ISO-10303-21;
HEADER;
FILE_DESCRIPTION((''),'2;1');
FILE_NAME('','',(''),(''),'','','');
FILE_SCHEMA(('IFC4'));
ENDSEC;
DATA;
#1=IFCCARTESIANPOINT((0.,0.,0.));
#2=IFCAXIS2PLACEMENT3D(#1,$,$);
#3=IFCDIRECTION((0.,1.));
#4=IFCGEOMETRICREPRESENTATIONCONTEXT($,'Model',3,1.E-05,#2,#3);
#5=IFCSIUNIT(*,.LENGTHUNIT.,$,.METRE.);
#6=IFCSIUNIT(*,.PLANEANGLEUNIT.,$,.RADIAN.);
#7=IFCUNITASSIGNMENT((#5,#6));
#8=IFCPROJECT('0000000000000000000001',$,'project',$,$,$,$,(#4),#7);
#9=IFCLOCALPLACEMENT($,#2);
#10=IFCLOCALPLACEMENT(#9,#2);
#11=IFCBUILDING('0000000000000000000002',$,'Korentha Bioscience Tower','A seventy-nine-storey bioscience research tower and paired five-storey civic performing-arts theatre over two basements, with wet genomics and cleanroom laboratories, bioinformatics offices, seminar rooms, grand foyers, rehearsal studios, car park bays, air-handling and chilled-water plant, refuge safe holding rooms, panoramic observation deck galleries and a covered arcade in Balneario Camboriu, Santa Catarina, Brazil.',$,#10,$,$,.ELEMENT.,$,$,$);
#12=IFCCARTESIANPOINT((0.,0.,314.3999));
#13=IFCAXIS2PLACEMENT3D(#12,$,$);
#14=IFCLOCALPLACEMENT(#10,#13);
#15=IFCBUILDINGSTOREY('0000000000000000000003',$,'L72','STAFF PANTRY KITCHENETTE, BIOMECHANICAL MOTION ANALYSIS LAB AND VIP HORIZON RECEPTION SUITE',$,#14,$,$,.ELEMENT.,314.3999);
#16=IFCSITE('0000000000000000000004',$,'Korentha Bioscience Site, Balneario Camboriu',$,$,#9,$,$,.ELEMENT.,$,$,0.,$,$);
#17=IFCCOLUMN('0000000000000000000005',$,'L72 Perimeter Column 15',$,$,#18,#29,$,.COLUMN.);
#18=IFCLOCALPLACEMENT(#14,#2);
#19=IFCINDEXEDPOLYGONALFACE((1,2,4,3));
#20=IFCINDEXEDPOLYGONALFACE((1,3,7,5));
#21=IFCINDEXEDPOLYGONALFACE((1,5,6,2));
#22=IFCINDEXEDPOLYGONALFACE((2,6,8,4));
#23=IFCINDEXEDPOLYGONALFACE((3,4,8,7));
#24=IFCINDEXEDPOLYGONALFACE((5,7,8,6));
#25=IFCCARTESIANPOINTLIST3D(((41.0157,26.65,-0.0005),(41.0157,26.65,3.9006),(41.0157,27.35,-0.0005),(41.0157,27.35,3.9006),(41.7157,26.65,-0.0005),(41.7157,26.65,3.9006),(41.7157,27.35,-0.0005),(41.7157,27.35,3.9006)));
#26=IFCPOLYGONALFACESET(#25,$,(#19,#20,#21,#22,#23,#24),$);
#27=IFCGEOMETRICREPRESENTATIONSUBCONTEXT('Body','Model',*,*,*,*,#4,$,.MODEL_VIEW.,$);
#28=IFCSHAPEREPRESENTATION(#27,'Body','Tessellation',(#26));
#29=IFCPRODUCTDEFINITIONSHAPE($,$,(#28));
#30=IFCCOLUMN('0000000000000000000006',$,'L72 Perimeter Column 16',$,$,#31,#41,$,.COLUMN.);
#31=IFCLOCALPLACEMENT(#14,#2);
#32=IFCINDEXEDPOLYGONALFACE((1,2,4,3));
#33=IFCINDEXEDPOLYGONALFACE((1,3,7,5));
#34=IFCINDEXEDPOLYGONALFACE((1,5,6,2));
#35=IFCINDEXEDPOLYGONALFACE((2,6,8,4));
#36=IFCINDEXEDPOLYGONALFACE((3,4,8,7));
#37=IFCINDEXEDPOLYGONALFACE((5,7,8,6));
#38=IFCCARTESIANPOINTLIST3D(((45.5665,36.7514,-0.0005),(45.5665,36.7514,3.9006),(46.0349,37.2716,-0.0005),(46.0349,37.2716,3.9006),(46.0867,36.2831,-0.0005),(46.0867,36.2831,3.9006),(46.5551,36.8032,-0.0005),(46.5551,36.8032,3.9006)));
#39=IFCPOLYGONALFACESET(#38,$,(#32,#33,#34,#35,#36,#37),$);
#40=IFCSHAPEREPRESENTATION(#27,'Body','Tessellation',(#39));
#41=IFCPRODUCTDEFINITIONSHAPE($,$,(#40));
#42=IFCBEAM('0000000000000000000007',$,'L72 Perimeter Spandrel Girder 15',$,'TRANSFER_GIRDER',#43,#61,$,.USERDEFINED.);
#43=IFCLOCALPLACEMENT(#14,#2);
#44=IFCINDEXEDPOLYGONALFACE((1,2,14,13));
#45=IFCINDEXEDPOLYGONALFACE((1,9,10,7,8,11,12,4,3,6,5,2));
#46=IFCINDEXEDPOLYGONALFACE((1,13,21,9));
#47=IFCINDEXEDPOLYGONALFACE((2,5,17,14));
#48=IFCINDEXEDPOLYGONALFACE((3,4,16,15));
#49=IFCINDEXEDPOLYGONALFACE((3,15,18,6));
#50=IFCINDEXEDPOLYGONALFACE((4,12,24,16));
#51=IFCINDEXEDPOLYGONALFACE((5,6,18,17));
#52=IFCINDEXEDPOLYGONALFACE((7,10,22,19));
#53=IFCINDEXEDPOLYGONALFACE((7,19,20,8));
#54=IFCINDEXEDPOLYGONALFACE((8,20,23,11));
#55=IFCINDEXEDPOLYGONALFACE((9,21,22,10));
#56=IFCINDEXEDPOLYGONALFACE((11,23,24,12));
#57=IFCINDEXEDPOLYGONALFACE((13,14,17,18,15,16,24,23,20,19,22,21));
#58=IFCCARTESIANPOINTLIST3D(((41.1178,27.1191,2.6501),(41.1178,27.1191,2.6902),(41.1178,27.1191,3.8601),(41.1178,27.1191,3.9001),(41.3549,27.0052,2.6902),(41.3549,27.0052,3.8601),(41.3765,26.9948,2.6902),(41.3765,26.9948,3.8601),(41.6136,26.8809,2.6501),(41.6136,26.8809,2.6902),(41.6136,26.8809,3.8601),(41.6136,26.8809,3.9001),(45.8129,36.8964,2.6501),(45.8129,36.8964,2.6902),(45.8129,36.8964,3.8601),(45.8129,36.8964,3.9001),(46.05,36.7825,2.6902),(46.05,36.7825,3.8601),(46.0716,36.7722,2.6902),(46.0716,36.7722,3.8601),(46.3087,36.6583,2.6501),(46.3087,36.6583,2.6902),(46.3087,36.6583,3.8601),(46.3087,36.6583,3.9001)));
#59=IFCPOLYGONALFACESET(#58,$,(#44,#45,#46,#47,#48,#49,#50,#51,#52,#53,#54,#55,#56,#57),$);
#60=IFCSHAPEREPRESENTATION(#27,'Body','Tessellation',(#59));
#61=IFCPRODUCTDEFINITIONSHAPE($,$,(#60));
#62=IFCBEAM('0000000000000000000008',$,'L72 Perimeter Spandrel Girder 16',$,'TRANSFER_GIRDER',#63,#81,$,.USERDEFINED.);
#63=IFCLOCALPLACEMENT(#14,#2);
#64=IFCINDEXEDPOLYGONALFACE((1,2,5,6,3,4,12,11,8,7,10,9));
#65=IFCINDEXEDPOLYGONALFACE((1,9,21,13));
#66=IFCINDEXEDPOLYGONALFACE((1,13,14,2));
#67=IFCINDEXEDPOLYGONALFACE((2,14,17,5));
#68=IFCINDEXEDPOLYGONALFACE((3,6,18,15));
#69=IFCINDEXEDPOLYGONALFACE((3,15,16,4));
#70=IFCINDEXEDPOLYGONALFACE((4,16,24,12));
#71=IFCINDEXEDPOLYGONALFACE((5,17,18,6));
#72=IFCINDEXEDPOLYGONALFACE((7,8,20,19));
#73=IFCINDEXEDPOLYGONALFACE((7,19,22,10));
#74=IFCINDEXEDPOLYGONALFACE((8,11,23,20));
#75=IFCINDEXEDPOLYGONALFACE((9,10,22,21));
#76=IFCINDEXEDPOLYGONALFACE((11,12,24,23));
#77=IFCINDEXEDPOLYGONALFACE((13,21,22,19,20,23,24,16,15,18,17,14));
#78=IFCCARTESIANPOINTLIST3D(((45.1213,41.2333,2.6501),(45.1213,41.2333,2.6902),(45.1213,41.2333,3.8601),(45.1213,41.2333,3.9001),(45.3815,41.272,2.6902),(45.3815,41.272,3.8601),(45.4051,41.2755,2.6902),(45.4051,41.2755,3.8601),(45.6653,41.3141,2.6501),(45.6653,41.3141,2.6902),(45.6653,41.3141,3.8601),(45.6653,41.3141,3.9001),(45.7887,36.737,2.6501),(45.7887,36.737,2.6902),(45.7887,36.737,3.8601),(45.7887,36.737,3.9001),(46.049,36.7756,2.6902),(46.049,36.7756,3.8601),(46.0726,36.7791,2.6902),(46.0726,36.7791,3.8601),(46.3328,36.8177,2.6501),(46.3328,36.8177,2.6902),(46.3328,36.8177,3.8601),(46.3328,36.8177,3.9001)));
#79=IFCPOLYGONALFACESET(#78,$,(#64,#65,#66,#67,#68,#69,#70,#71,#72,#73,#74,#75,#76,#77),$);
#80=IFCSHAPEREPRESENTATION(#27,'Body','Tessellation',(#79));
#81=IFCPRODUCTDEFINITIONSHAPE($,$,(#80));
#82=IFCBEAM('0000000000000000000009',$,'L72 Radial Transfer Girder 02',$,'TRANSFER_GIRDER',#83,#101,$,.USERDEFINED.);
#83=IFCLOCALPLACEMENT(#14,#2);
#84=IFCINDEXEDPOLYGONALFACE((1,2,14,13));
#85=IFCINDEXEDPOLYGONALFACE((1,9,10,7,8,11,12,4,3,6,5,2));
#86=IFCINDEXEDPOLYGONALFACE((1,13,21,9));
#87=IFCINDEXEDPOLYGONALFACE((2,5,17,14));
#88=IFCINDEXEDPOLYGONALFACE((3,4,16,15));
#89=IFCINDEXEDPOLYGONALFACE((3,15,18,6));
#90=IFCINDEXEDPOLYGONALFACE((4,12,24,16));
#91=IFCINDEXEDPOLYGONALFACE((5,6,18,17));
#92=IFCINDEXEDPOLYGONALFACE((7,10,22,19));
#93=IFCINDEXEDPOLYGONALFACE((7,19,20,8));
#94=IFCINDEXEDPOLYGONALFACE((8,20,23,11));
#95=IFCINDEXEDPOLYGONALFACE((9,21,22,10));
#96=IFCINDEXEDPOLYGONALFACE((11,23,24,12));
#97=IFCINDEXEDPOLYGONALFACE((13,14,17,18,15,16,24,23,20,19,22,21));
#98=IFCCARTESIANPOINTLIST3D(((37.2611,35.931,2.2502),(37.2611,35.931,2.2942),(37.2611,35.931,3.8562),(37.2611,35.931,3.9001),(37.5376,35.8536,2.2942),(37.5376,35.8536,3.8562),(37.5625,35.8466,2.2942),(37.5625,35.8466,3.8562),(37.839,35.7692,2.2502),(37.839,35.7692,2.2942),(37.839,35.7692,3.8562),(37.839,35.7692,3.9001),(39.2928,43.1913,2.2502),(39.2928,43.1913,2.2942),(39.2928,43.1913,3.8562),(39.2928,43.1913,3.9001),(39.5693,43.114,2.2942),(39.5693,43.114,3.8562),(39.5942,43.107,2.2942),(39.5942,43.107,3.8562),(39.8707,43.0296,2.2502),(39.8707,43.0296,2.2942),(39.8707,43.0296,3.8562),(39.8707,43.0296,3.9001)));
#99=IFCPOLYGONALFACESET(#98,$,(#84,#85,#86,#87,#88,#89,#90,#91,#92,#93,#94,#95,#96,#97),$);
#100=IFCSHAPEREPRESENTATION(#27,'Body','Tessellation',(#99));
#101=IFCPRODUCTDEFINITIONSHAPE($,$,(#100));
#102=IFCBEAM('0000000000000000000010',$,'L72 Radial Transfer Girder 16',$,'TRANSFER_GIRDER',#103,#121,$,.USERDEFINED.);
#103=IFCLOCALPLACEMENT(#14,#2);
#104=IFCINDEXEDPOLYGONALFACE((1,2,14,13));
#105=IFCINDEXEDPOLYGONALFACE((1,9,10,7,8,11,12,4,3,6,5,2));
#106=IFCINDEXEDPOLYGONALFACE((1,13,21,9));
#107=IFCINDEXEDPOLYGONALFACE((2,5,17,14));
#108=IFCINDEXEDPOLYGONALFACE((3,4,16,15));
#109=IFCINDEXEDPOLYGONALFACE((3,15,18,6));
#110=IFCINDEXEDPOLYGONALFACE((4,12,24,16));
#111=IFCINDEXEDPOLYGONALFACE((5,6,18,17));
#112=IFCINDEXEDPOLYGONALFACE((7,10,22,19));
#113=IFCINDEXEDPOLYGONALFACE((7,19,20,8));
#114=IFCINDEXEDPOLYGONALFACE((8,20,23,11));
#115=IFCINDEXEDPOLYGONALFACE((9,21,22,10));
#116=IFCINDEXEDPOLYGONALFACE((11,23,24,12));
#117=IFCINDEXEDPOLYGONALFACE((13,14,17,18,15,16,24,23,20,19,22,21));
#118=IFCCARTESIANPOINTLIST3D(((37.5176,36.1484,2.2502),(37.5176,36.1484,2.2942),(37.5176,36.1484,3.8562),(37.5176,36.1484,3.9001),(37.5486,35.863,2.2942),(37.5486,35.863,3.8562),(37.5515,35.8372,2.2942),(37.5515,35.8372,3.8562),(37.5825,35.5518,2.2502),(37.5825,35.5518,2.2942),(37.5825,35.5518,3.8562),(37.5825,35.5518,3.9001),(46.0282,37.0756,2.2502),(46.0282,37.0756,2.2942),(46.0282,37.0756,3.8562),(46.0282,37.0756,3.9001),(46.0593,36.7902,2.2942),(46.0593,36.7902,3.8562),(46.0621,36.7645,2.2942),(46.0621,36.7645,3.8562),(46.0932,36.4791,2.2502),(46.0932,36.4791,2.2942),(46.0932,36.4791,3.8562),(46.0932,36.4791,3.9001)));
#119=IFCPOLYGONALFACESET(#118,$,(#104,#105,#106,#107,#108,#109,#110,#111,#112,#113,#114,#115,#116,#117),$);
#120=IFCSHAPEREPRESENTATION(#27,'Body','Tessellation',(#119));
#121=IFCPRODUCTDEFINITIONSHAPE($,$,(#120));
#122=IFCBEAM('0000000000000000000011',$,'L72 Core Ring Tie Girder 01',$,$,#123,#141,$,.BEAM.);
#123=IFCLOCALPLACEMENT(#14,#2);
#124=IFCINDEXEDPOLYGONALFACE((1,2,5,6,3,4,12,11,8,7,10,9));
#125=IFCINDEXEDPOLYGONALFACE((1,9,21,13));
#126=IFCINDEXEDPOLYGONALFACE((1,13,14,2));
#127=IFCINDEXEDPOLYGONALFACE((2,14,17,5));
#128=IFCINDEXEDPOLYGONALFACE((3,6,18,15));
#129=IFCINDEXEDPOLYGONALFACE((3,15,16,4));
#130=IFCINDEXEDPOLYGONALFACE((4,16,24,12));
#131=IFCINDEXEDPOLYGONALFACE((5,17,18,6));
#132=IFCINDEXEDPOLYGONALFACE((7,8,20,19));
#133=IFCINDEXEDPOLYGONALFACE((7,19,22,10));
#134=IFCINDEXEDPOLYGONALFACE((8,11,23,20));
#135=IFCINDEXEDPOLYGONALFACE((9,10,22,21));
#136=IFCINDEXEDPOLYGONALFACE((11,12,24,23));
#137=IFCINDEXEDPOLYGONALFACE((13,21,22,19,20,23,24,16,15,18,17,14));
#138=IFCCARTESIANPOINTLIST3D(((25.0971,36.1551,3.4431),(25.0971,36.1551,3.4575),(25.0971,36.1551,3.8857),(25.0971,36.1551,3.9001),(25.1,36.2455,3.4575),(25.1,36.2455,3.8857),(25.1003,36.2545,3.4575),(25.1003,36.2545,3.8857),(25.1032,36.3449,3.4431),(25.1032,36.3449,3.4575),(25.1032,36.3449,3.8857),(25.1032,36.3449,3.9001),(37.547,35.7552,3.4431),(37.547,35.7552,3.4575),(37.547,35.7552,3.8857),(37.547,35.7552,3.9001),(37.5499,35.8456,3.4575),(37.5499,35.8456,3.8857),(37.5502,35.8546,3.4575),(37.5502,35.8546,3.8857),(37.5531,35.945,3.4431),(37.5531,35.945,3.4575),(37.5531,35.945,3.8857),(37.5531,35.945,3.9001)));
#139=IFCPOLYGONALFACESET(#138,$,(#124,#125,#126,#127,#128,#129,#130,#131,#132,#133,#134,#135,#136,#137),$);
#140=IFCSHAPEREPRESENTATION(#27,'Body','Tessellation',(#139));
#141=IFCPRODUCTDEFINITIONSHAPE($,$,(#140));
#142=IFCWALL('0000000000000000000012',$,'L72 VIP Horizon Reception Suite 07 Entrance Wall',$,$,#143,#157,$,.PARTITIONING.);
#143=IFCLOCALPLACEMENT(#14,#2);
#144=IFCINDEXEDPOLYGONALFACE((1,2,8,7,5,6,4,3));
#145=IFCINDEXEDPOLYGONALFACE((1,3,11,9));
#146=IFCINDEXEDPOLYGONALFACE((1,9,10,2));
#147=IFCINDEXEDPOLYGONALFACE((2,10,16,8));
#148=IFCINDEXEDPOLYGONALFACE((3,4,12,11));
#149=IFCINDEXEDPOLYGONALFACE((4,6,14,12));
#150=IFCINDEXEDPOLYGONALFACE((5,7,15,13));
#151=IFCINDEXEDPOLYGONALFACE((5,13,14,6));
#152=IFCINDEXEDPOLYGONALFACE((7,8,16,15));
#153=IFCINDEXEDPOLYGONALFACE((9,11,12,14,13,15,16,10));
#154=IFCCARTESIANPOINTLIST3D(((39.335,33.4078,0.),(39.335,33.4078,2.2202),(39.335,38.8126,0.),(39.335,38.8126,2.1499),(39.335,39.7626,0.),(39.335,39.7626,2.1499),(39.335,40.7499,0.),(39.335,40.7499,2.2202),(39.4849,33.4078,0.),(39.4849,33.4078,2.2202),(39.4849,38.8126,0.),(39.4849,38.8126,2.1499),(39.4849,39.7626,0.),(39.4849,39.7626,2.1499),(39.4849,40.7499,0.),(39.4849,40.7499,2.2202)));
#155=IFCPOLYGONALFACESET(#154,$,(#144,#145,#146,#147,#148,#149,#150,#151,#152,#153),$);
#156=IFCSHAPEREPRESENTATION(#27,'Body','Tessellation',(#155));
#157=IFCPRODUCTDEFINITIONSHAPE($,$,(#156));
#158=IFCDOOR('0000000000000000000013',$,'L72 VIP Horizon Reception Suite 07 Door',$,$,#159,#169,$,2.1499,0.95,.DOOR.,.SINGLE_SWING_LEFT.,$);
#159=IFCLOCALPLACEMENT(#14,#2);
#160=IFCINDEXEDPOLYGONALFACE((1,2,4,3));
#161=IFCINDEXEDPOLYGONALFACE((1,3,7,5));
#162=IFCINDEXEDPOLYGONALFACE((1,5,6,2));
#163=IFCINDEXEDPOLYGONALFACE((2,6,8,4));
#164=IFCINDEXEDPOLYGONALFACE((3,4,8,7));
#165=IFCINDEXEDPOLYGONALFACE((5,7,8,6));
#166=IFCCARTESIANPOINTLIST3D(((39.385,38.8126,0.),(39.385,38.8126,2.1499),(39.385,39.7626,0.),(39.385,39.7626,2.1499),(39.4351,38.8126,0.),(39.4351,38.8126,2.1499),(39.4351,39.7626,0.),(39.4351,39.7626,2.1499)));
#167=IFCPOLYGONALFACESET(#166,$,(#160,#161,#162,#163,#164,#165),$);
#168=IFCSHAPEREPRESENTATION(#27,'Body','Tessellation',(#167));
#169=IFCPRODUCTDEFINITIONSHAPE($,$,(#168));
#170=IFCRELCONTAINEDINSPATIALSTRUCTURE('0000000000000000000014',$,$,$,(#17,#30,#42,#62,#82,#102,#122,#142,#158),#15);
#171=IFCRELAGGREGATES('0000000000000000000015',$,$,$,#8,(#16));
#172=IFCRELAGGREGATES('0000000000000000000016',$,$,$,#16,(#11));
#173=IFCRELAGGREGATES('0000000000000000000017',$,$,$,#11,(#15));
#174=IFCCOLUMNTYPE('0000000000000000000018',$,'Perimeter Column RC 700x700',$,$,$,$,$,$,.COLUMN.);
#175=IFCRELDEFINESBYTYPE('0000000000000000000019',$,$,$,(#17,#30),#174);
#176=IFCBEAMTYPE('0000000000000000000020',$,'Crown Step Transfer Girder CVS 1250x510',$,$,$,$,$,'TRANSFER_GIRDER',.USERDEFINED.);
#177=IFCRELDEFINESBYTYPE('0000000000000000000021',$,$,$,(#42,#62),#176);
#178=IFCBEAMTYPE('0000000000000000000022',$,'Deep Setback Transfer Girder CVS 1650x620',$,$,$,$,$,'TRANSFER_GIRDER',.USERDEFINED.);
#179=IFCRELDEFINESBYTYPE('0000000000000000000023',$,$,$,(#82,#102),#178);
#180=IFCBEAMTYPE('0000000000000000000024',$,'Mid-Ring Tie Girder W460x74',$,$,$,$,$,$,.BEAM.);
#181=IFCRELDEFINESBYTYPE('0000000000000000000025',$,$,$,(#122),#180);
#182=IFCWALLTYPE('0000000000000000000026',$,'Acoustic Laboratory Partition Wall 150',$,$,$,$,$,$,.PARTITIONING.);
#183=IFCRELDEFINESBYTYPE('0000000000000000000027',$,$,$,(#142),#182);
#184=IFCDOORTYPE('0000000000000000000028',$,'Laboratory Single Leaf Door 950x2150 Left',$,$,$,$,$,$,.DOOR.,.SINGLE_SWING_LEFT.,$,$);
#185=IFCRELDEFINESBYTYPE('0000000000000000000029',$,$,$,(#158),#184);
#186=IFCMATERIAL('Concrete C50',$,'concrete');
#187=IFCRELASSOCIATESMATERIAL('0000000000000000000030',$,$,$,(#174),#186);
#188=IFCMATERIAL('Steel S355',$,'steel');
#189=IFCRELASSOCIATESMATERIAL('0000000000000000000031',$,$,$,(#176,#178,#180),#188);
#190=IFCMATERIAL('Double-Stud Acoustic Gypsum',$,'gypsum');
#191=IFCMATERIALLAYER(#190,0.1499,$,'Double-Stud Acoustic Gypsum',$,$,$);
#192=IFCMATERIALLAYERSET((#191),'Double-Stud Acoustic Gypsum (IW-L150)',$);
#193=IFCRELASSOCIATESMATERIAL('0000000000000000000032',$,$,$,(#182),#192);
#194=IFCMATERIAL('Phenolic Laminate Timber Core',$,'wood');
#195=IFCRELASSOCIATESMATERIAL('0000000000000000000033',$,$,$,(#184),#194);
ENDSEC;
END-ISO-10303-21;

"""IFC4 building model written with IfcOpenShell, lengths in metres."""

from ifc_helpers import new_model, si_unit, direction, frame, frame_2d, origin, origin_2d, place, context, subcontext, project, spatial, rectangle, i_section, extrude, material, layer, layer_set, material_profile, profile_set, type_object, element, fill, save


model = new_model("IFC4")

# Units and contexts
model_context = context("Model", 3, precision=1e-05, world=origin(), true_north=direction((0.0, 1.0)))
body_context = subcontext(model_context, "Body", "Model", "MODEL_VIEW")
ifc_project = project(units=[si_unit("LENGTHUNIT", "METRE"), si_unit("PLANEANGLEUNIT", "RADIAN")], contexts=[model_context])

# Site, building, storey
site_placement = place(None, origin())
site = spatial("IfcSite", under=ifc_project, at=site_placement, Name="Korentha Bioscience Site, Balneario Camboriu", CompositionType="ELEMENT", RefElevation=0.0)
building_placement = place(site_placement, origin())
building = spatial("IfcBuilding", under=site, at=building_placement, Name="Korentha Bioscience Tower", Description="A seventy-nine-storey bioscience research tower and paired five-storey civic performing-arts theatre over two basements, with wet genomics and cleanroom laboratories, bioinformatics offices, seminar rooms, grand foyers, rehearsal studios, car park bays, air-handling and chilled-water plant, refuge safe holding rooms, panoramic observation deck galleries and a covered arcade in Balneario Camboriu, Santa Catarina, Brazil.", CompositionType="ELEMENT")
storey_placement = place(building_placement, frame((0.0, 0.0, 314.3999)))
storey = spatial("IfcBuildingStorey", under=building, at=storey_placement, Name="L72", Description="STAFF PANTRY KITCHENETTE, BIOMECHANICAL MOTION ANALYSIS LAB AND VIP HORIZON RECEPTION SUITE", CompositionType="ELEMENT", Elevation=314.3999)

# Columns
ifc_material_1 = material(Name="Concrete C50", Category="concrete")
ifc_material_profile_1 = material_profile(ifc_material_1, rectangle(XDim=0.7, YDim=0.7, at=origin_2d()), Name="Concrete C50")
ifc_profile_set_1 = profile_set([ifc_material_profile_1], Name="Concrete C50 (COL-P07)")
column_type = type_object("IfcColumnType", Name="Perimeter Column RC 700x700", PredefinedType="COLUMN", material=ifc_profile_set_1)
for number, where, z_axis, x_axis, name in (
    (1, (41.3657, 27.0, -0.0005), (0.0, 0.0, 1.0), (0.0, 1.0, 0.0), "L72 Perimeter Column 15"),
    (2, (46.0608, 36.7773, -0.0005), (0.0, 0.0, 1.0), (0.669131, 0.743145, 0.0), "L72 Perimeter Column 16"),
):
    element("IfcColumn", number, at=place(storey_placement, frame(where, z_axis=z_axis, x_axis=x_axis)), inside=storey, type_object=column_type, Name=name, PredefinedType="COLUMN", context=body_context, shape_type="SweptSolid", body=[
        extrude(rectangle(XDim=0.7, YDim=0.7, at=origin_2d()), origin(), (0.0, 0.0, 1.0), 3.9011),
    ])

# Beams
ifc_material_2 = material(Name="Steel S355", Category="steel")
ifc_material_profile_2 = material_profile(ifc_material_2, i_section(OverallWidth=0.55, OverallDepth=1.25, WebThickness=0.0239, FlangeThickness=0.04, at=origin_2d()), Name="Steel S355")
ifc_profile_set_2 = profile_set([ifc_material_profile_2], Name="Steel S355 (TG-03)")
beam_type_1 = type_object("IfcBeamType", Name="Crown Step Transfer Girder CVS 1250x510", ElementType="TRANSFER_GIRDER", PredefinedType="USERDEFINED", material=ifc_profile_set_2)
beam_1_placement = place(storey_placement, frame((41.3657, 27.0, 3.2751), z_axis=(0.432877, 0.901453, 0.0), x_axis=(-0.901453, 0.432877, 0.0)))
element("IfcBeam", 3, at=beam_1_placement, inside=storey, type_object=beam_type_1, Name="L72 Perimeter Spandrel Girder 15", ObjectType="TRANSFER_GIRDER", PredefinedType="USERDEFINED", context=body_context, shape_type="SweptSolid", body=[
    extrude(i_section(OverallWidth=0.55, OverallDepth=1.25, WebThickness=0.0239, FlangeThickness=0.04, at=origin_2d()), origin(), (0.0, 0.0, 1.0), 10.8462),
])
beam_2_placement = place(storey_placement, frame((46.0608, 36.7773, 3.2751), z_axis=(-0.146841, 0.98916, 0.0), x_axis=(-0.98916, -0.146841, 0.0)))
element("IfcBeam", 4, at=beam_2_placement, inside=storey, type_object=beam_type_1, Name="L72 Perimeter Spandrel Girder 16", ObjectType="TRANSFER_GIRDER", PredefinedType="USERDEFINED", context=body_context, shape_type="SweptSolid", body=[
    extrude(i_section(OverallWidth=0.55, OverallDepth=1.25, WebThickness=0.0239, FlangeThickness=0.04, at=origin_2d()), origin(), (0.0, 0.0, 1.0), 4.5457),
])
ifc_material_profile_3 = material_profile(ifc_material_2, i_section(OverallWidth=0.6001, OverallDepth=1.6499, WebThickness=0.0259, FlangeThickness=0.0439, at=origin_2d()), Name="Steel S355")
ifc_profile_set_3 = profile_set([ifc_material_profile_3], Name="Steel S355 (TG-04)")
beam_type_2 = type_object("IfcBeamType", Name="Deep Setback Transfer Girder CVS 1650x620", ElementType="TRANSFER_GIRDER", PredefinedType="USERDEFINED", material=ifc_profile_set_3)
beam_3_placement = place(storey_placement, frame((37.55, 35.8501, 3.0752), z_axis=(0.269482, 0.963005, 0.0), x_axis=(-0.963005, 0.269482, 0.0)))
element("IfcBeam", 5, at=beam_3_placement, inside=storey, type_object=beam_type_2, Name="L72 Radial Transfer Girder 02", ObjectType="TRANSFER_GIRDER", PredefinedType="USERDEFINED", context=body_context, shape_type="SweptSolid", body=[
    extrude(i_section(OverallWidth=0.6001, OverallDepth=1.6499, WebThickness=0.0259, FlangeThickness=0.0439, at=origin_2d()), origin(), (0.0, 0.0, 1.0), 7.5393),
])
beam_4_placement = place(storey_placement, frame((37.55, 35.8501, 3.0752), z_axis=(0.994117, 0.108309, 0.0), x_axis=(-0.108309, 0.994117, 0.0)))
element("IfcBeam", 6, at=beam_4_placement, inside=storey, type_object=beam_type_2, Name="L72 Radial Transfer Girder 16", ObjectType="TRANSFER_GIRDER", PredefinedType="USERDEFINED", context=body_context, shape_type="SweptSolid", body=[
    extrude(i_section(OverallWidth=0.6001, OverallDepth=1.6499, WebThickness=0.0259, FlangeThickness=0.0439, at=origin_2d()), origin(), (0.0, 0.0, 1.0), 8.561),
])
ifc_material_profile_4 = material_profile(ifc_material_2, i_section(OverallWidth=0.1899, OverallDepth=0.457, WebThickness=0.009, FlangeThickness=0.0144, at=origin_2d()), Name="Steel S355")
ifc_profile_set_4 = profile_set([ifc_material_profile_4], Name="Steel S355 (MB-460)")
beam_type_3 = type_object("IfcBeamType", Name="Mid-Ring Tie Girder W460x74", PredefinedType="BEAM", material=ifc_profile_set_4)
beam_5_placement = place(storey_placement, frame((37.55, 35.8501, 3.6716), z_axis=(-0.999485, 0.032104, 0.0), x_axis=(-0.032104, -0.999485, 0.0)))
element("IfcBeam", 7, at=beam_5_placement, inside=storey, type_object=beam_type_3, Name="L72 Core Ring Tie Girder 01", PredefinedType="BEAM", context=body_context, shape_type="SweptSolid", body=[
    extrude(i_section(OverallWidth=0.1899, OverallDepth=0.457, WebThickness=0.009, FlangeThickness=0.0144, at=origin_2d()), origin(), (0.0, 0.0, 1.0), 12.4563),
])

# Wall, opening, door
ifc_material_3 = material(Name="Double-Stud Acoustic Gypsum", Category="gypsum")
ifc_layer_1 = layer(ifc_material_3, 0.1499, Name="Double-Stud Acoustic Gypsum")
ifc_layer_set_1 = layer_set([ifc_layer_1], Name="Double-Stud Acoustic Gypsum (IW-L150)")
wall_type_1 = type_object("IfcWallType", Name="Acoustic Laboratory Partition Wall 150", PredefinedType="PARTITIONING", material=ifc_layer_set_1)
ifc_material_4 = material(Name="Phenolic Laminate Timber Core", Category="wood")
wall_1_placement = place(storey_placement, frame((39.4099, 33.408, 0.0), z_axis=(0.0, 0.0, 1.0), x_axis=(0.0, 1.0, 0.0)))
wall_1 = element("IfcWall", 8, at=wall_1_placement, inside=storey, type_object=wall_type_1, Name="L72 VIP Horizon Reception Suite 07 Entrance Wall", PredefinedType="PARTITIONING", context=body_context, shape_type="SweptSolid", body=[
    extrude(rectangle(XDim=7.342, YDim=0.1499, at=frame_2d((3.6709, 0.0))), origin(), (0.0, 0.0, 1.0), 2.2202),
])
opening_1_placement = place(wall_1_placement, frame((5.4045, 0.0, 0.0)))
opening_1 = element("IfcOpeningElement", 9, at=opening_1_placement, cuts=wall_1, PredefinedType="OPENING", context=body_context, shape_type="SweptSolid", body=[
    extrude(rectangle(XDim=0.95, YDim=2.1499, at=frame_2d((0.4751, 1.075))), frame((0.0, 0.0898, 0.0), z_axis=(0.0, -1.0, 0.0), x_axis=(1.0, 0.0, 0.0)), (0.0, 0.0, 1.0), 0.1797),
])
door_type_1 = type_object("IfcDoorType", Name="Laboratory Single Leaf Door 950x2150 Left", OperationType="SINGLE_SWING_LEFT", PredefinedType="DOOR", material=ifc_material_4)
door_1_placement = place(opening_1_placement, origin())
door_1 = element("IfcDoor", 10, at=door_1_placement, inside=storey, type_object=door_type_1, Name="L72 VIP Horizon Reception Suite 07 Door", OperationType="SINGLE_SWING_LEFT", OverallHeight=2.1499, OverallWidth=0.95, PredefinedType="DOOR", context=body_context, shape_type="SweptSolid", body=[
    extrude(rectangle(XDim=0.95, YDim=2.1499, at=frame_2d((0.4751, 1.075))), frame((0.0, 0.0249, 0.0), z_axis=(0.0, -1.0, 0.0), x_axis=(1.0, 0.0, 0.0)), (0.0, 0.0, 1.0), 0.05),
])
fill(opening_1, door_1)

save(model, "model.ifc")
